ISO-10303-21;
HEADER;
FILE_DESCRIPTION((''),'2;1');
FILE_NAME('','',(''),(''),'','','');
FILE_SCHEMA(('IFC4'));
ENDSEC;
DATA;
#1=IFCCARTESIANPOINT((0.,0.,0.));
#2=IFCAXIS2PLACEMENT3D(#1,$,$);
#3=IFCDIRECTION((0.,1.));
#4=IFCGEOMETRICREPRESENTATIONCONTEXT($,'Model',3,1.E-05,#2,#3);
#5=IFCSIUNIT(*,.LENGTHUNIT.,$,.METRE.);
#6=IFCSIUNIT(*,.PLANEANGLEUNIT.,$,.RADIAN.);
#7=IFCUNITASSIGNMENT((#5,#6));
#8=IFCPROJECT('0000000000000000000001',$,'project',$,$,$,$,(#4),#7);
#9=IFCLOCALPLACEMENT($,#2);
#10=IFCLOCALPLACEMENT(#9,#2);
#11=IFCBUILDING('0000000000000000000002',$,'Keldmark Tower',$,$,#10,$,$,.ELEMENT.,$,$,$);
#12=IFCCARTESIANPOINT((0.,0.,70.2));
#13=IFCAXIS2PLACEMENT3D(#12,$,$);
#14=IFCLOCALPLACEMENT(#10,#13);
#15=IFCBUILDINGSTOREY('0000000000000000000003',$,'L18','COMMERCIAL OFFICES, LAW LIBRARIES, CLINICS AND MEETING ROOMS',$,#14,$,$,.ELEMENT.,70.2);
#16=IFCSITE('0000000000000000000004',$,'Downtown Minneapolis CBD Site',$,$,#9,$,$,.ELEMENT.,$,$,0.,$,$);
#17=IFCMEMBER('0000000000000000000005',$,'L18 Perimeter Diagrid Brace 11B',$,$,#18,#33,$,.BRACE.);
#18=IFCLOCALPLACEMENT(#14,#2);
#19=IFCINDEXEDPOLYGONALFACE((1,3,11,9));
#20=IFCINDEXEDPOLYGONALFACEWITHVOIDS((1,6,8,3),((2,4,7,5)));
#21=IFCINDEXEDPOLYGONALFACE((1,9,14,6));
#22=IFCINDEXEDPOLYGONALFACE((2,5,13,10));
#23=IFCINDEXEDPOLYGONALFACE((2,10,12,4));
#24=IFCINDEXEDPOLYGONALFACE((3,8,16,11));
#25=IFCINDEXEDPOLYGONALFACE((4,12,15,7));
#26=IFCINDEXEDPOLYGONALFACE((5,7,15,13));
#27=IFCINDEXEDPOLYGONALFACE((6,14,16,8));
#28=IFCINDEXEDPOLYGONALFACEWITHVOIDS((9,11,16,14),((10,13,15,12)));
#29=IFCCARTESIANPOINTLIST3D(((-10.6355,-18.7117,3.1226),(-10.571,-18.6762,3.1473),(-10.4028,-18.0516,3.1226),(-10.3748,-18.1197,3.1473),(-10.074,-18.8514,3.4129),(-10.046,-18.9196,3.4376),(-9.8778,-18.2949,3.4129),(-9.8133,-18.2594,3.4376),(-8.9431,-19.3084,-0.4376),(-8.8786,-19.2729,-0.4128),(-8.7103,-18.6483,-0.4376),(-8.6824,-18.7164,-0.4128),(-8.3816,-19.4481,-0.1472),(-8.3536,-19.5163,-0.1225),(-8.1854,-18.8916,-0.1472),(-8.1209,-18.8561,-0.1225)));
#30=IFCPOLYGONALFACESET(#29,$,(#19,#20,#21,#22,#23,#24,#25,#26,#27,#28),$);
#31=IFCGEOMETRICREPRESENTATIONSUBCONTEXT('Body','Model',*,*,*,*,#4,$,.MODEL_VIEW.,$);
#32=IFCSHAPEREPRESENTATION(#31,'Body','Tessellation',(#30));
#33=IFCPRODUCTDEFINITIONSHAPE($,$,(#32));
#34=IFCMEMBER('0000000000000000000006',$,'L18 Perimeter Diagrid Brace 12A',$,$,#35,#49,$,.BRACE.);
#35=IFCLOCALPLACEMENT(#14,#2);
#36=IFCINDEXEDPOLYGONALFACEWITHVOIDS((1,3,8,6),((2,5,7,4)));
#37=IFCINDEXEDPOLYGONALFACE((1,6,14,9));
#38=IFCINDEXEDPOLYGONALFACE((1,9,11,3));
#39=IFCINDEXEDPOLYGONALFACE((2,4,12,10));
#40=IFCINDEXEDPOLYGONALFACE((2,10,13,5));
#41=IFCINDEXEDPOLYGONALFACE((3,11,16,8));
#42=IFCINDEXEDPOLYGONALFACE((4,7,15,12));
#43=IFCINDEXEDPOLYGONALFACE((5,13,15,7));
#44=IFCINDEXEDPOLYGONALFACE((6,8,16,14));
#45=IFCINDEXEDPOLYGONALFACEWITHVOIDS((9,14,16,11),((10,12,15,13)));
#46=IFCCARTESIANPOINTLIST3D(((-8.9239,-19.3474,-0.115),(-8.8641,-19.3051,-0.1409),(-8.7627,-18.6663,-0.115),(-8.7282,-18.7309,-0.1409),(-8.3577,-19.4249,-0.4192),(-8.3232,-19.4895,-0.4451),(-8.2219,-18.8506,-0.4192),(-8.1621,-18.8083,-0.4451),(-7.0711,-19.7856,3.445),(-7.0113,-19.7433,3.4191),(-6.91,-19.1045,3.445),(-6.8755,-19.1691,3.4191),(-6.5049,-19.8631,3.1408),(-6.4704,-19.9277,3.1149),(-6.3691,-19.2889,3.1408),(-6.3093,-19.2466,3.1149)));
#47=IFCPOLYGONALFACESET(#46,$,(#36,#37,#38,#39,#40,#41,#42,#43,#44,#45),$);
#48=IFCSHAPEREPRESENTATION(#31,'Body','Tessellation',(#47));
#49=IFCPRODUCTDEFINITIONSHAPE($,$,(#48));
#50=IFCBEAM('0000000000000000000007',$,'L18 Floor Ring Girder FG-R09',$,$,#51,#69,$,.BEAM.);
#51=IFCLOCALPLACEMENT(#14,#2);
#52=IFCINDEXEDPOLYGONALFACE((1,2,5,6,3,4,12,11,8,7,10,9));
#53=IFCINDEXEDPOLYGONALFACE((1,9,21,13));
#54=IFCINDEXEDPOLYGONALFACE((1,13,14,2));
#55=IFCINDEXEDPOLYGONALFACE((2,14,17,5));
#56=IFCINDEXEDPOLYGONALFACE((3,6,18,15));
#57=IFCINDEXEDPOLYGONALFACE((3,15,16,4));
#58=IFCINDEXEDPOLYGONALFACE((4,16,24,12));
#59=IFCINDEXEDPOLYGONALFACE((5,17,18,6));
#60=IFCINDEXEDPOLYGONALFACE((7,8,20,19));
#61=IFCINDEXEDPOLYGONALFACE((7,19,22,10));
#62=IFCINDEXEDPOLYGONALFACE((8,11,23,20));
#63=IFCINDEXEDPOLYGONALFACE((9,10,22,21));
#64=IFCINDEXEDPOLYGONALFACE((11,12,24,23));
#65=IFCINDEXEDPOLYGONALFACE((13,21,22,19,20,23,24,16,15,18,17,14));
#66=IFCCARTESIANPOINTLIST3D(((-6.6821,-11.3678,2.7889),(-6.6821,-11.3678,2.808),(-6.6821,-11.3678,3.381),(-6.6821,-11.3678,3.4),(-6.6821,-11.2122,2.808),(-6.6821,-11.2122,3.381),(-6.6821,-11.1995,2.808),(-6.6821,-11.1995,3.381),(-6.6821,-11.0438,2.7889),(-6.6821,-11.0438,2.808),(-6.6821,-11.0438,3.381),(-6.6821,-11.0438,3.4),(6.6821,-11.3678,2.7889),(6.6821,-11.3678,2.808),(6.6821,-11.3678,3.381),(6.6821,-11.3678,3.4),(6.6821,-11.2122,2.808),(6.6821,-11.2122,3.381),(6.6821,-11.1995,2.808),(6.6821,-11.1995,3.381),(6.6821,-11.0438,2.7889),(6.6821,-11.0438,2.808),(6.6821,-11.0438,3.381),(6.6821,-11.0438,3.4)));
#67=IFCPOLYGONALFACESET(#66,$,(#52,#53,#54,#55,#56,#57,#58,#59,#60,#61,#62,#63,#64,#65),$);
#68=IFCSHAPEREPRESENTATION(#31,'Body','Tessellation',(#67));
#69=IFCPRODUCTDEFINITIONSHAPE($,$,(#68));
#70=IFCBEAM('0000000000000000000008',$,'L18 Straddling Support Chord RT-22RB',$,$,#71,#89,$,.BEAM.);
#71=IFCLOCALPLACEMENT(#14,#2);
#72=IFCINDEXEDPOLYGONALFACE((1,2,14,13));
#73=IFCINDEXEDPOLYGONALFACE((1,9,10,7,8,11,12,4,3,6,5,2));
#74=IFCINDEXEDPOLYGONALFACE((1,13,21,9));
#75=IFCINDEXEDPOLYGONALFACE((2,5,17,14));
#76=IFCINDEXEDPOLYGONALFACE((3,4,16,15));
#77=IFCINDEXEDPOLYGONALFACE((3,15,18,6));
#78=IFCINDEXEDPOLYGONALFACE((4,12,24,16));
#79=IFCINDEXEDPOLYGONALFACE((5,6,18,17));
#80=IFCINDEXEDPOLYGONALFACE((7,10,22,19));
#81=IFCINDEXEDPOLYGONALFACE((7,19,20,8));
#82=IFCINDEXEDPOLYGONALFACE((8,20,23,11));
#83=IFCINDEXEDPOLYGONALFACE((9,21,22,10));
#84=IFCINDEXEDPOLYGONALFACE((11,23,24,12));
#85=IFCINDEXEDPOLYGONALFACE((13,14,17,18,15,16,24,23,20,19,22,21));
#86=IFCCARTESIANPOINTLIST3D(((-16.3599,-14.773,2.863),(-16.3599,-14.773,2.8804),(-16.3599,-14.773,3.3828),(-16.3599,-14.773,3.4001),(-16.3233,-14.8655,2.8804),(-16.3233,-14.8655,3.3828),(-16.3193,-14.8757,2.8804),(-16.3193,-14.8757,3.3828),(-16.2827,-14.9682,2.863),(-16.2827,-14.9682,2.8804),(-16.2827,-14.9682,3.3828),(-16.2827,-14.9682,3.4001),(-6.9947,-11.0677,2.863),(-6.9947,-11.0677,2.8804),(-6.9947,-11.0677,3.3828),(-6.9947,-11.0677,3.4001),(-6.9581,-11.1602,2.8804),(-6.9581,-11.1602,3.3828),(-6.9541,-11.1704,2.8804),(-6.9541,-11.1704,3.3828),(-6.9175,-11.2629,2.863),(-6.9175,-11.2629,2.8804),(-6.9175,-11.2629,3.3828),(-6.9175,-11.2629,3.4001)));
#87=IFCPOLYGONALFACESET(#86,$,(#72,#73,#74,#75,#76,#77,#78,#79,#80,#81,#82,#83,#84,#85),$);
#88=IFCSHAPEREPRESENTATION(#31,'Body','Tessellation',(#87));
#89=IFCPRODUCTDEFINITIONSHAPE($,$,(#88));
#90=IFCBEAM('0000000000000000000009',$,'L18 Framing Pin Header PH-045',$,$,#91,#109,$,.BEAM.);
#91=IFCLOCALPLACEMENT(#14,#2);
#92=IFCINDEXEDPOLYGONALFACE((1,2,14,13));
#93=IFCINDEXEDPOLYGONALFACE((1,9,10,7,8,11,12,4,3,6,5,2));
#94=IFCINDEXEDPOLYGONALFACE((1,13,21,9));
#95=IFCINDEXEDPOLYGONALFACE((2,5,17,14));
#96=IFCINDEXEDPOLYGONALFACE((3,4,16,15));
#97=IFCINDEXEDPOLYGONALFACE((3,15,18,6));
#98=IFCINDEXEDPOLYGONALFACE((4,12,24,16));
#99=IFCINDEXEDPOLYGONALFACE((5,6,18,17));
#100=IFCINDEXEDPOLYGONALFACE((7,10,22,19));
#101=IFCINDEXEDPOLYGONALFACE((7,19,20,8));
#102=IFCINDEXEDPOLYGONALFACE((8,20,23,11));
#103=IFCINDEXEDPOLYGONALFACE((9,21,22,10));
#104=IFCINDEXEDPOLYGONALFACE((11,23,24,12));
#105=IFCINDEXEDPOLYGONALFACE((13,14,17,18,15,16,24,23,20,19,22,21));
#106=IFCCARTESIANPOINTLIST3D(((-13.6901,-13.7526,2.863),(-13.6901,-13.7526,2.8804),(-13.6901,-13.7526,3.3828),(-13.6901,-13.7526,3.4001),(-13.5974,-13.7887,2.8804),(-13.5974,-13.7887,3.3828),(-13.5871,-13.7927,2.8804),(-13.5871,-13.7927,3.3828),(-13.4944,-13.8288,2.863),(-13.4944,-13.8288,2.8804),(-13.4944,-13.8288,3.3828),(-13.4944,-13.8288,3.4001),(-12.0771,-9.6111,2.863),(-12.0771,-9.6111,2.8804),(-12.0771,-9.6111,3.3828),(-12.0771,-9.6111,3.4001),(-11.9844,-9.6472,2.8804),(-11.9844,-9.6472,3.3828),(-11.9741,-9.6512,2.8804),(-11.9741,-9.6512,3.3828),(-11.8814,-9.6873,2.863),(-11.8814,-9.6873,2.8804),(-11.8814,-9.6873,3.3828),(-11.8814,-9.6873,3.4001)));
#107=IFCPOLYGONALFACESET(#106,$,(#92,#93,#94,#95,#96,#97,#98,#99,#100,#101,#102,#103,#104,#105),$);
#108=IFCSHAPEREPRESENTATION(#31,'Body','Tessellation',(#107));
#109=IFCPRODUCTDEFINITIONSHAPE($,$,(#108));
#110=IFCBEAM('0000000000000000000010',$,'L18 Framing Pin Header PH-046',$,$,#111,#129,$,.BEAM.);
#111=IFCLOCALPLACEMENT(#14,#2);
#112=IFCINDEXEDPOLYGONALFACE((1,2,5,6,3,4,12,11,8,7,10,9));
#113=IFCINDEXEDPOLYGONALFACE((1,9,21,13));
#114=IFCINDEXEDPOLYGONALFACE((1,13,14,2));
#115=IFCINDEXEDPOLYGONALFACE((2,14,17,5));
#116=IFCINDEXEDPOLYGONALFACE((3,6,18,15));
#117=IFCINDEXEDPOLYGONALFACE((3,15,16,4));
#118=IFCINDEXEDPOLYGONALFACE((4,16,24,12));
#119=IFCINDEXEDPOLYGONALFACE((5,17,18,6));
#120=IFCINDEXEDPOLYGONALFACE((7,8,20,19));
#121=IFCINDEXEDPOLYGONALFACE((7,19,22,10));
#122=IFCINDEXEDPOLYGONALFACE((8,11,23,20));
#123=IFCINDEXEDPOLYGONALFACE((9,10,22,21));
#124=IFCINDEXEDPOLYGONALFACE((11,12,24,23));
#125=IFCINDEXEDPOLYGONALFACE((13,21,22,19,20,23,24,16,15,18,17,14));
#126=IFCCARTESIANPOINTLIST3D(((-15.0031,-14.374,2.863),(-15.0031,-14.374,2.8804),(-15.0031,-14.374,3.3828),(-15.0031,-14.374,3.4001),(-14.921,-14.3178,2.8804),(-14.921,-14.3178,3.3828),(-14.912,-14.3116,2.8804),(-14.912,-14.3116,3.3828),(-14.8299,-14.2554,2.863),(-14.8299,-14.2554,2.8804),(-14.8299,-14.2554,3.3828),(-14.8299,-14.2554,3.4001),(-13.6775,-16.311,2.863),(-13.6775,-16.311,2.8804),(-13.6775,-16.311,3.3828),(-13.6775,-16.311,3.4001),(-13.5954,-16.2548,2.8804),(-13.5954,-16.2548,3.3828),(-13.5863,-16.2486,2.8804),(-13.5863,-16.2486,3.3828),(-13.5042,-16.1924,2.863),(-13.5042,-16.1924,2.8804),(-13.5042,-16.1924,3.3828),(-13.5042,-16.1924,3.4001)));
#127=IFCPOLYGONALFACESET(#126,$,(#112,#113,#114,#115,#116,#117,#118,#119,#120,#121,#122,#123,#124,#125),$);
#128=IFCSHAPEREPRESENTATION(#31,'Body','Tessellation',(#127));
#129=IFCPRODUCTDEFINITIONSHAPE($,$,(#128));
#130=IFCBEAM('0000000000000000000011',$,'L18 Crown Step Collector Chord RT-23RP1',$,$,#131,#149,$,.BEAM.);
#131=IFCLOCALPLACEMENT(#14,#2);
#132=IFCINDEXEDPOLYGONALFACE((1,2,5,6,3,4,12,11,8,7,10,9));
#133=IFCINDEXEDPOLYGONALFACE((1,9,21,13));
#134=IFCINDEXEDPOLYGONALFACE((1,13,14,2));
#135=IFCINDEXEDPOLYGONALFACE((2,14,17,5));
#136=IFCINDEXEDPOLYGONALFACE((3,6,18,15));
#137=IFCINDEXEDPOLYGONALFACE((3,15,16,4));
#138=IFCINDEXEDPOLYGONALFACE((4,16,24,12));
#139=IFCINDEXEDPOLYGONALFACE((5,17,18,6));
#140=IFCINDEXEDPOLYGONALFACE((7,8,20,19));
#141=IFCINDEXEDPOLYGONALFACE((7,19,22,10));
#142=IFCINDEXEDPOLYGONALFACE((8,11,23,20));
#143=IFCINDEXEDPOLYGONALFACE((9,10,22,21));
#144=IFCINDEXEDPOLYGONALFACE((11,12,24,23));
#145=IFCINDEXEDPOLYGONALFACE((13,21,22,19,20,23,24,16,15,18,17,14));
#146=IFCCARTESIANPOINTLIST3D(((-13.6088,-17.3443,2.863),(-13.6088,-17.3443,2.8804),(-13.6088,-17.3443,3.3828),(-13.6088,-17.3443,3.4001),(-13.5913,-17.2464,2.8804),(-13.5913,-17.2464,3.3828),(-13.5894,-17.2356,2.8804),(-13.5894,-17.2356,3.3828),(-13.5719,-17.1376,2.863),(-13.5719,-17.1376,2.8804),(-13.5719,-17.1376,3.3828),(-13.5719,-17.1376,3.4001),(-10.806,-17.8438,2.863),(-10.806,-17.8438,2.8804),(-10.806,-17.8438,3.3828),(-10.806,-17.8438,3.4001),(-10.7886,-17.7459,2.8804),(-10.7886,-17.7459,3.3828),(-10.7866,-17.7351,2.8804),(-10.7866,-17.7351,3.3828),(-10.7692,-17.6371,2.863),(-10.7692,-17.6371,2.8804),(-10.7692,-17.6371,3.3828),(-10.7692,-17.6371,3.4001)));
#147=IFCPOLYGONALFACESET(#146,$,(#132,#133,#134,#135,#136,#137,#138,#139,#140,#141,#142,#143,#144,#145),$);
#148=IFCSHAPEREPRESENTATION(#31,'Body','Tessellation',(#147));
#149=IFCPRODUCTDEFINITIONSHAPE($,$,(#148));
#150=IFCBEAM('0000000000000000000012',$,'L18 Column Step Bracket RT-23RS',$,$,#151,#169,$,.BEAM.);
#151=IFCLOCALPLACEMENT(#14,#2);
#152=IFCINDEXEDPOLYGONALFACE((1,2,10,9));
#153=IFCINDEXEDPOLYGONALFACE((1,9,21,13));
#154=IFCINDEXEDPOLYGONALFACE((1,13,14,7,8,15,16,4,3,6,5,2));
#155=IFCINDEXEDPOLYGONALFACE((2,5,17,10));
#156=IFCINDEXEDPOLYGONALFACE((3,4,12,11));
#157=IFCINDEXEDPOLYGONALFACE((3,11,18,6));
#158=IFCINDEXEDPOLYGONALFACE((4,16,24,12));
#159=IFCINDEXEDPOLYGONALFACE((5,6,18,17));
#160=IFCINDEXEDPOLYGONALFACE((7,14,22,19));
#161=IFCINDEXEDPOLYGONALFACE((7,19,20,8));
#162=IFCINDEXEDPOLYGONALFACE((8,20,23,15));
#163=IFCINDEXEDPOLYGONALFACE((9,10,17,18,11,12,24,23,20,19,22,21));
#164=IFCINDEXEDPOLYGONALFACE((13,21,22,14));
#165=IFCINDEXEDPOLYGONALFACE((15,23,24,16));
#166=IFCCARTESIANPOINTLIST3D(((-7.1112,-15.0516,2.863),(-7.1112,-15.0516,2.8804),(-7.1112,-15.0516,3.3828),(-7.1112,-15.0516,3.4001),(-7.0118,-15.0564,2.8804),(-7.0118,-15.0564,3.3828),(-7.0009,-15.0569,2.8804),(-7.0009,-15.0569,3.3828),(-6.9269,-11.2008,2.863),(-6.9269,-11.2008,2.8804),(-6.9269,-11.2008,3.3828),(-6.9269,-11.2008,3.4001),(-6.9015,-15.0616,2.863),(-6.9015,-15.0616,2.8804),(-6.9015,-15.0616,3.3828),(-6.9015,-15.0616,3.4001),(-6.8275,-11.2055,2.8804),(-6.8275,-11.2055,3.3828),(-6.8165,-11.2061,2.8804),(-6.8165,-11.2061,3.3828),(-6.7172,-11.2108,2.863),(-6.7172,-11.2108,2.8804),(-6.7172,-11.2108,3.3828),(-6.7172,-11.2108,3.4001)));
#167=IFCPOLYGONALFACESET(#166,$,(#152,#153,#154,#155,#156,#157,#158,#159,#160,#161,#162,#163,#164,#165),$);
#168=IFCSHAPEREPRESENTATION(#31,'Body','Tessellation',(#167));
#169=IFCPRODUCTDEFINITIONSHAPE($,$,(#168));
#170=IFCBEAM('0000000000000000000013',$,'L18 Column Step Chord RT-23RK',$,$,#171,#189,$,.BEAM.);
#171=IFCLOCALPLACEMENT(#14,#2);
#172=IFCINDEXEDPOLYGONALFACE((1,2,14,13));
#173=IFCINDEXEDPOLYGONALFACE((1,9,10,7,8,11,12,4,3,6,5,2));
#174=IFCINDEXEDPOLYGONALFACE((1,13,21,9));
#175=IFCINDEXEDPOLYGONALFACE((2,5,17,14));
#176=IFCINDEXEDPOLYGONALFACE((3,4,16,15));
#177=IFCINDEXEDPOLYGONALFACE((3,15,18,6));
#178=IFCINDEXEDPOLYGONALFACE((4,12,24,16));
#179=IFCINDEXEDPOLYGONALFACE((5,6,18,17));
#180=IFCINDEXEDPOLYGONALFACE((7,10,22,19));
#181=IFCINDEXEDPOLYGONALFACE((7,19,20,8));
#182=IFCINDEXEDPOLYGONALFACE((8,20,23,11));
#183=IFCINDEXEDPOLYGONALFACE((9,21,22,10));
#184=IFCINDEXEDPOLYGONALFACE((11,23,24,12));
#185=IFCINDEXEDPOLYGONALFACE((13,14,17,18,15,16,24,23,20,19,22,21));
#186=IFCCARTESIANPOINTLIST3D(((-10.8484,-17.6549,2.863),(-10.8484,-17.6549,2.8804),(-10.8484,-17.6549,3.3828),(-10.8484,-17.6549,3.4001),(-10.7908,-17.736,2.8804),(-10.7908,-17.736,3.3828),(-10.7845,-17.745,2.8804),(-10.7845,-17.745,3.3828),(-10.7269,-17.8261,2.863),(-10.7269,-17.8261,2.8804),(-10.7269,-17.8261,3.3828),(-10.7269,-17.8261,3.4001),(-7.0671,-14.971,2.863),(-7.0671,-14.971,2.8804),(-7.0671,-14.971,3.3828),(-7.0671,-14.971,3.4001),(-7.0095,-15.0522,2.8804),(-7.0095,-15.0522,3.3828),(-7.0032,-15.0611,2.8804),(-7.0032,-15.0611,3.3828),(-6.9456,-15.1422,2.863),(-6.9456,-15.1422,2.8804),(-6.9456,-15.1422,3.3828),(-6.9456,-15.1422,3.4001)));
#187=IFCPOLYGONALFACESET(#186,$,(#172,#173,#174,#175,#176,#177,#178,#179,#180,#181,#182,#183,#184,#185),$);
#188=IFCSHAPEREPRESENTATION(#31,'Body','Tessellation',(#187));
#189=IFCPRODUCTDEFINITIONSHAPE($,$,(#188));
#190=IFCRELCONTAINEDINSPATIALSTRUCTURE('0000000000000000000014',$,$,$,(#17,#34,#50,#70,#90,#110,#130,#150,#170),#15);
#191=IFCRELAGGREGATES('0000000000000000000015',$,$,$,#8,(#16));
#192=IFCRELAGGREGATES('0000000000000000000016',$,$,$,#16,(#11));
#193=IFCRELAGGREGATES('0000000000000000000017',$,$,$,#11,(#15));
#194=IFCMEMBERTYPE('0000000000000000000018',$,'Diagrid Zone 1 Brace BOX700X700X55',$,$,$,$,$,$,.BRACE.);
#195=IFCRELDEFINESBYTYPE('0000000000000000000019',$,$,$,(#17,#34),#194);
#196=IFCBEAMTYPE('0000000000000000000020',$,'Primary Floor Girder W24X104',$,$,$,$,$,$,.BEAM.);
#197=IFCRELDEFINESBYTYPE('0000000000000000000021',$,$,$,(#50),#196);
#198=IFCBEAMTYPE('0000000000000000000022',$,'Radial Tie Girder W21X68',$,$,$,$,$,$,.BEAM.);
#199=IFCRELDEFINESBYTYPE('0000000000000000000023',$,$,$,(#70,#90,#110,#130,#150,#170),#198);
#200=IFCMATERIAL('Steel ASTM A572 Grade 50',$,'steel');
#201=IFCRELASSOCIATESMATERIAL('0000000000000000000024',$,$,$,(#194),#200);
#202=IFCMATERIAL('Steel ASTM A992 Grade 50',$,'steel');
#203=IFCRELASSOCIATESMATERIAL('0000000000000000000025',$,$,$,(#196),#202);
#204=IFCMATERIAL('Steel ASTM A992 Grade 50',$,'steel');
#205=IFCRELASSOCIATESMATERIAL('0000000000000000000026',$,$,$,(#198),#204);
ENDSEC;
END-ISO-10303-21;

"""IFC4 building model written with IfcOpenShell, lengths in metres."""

from ifc_helpers import new_model, si_unit, direction, frame, origin, origin_2d, place, context, subcontext, project, spatial, hollow_rectangle, i_section, extrude, material, material_profile, profile_set, type_object, element, save


model = new_model("IFC4")

# Units and contexts
model_context = context("Model", 3, precision=1e-05, world=origin(), true_north=direction((0.0, 1.0)))
body_context = subcontext(model_context, "Body", "Model", "MODEL_VIEW")
ifc_project = project(units=[si_unit("LENGTHUNIT", "METRE"), si_unit("PLANEANGLEUNIT", "RADIAN")], contexts=[model_context])

# Site, building, storey
site_placement = place(None, origin())
site = spatial("IfcSite", under=ifc_project, at=site_placement, Name="Downtown Minneapolis CBD Site", CompositionType="ELEMENT", RefElevation=0.0)
building_placement = place(site_placement, origin())
building = spatial("IfcBuilding", under=site, at=building_placement, Name="Keldmark Tower", CompositionType="ELEMENT")
storey_placement = place(building_placement, frame((0.0, 0.0, 70.2)))
storey = spatial("IfcBuildingStorey", under=building, at=storey_placement, Name="L18", Description="COMMERCIAL OFFICES, LAW LIBRARIES, CLINICS AND MEETING ROOMS", CompositionType="ELEMENT", Elevation=70.2)

# Members
ifc_material_1 = material(Name="Steel ASTM A572 Grade 50", Category="steel")
ifc_material_profile_1 = material_profile(ifc_material_1, hollow_rectangle(XDim=0.7, YDim=0.7, WallThickness=0.0549, at=origin_2d()), Name="BOX700X700X55")
ifc_profile_set_1 = profile_set([ifc_material_profile_1], Name="Steel ASTM A572 Grade 50")
member_type = type_object("IfcMemberType", Name="Diagrid Zone 1 Brace BOX700X700X55", PredefinedType="BRACE", material=ifc_profile_set_1)
member_1_placement = place(storey_placement, frame((-8.532, -19.0823, -0.28), z_axis=(-0.424501, 0.149666, 0.892972), x_axis=(-0.332507, -0.943101, 0.0)))
element("IfcMember", 1, at=member_1_placement, inside=storey, type_object=member_type, Name="L18 Perimeter Diagrid Brace 11B", PredefinedType="BRACE", context=body_context, shape_type="SweptSolid", body=[
    extrude(hollow_rectangle(XDim=0.7, YDim=0.7, WallThickness=0.0549, at=origin_2d()), origin(), (0.0, 0.0, 1.0), 3.9868),
])
member_2_placement = place(storey_placement, frame((-8.543, -19.0779, -0.28), z_axis=(0.458929, -0.108549, 0.881817), x_axis=(0.230176, 0.973149, 0.0)))
element("IfcMember", 2, at=member_2_placement, inside=storey, type_object=member_type, Name="L18 Perimeter Diagrid Brace 12A", PredefinedType="BRACE", context=body_context, shape_type="SweptSolid", body=[
    extrude(hollow_rectangle(XDim=0.7, YDim=0.7, WallThickness=0.0549, at=origin_2d()), origin(), (0.0, 0.0, 1.0), 4.0371),
])

# Beams
ifc_material_2 = material(Name="Steel ASTM A992 Grade 50", Category="steel")
ifc_material_profile_2 = material_profile(ifc_material_2, i_section(OverallWidth=0.324, OverallDepth=0.6111, WebThickness=0.0127, FlangeThickness=0.019, at=origin_2d()), Name="W24X104")
ifc_profile_set_2 = profile_set([ifc_material_profile_2], Name="Steel ASTM A992 Grade 50")
beam_type_1 = type_object("IfcBeamType", Name="Primary Floor Girder W24X104", PredefinedType="BEAM", material=ifc_profile_set_2)
beam_1_placement = place(storey_placement, frame((-6.6821, -11.2058, 3.0945), z_axis=(1.0, 0.0, 0.0), x_axis=(0.0, 1.0, 0.0)))
element("IfcBeam", 3, at=beam_1_placement, inside=storey, type_object=beam_type_1, Name="L18 Floor Ring Girder FG-R09", PredefinedType="BEAM", context=body_context, shape_type="SweptSolid", body=[
    extrude(i_section(OverallWidth=0.324, OverallDepth=0.6111, WebThickness=0.0127, FlangeThickness=0.019, at=origin_2d()), origin(), (0.0, 0.0, 1.0), 13.3643),
])
ifc_material_3 = material(Name="Steel ASTM A992 Grade 50", Category="steel")
ifc_material_profile_3 = material_profile(ifc_material_3, i_section(OverallWidth=0.21, OverallDepth=0.5371, WebThickness=0.011, FlangeThickness=0.0173, at=origin_2d()), Name="W21X68")
ifc_profile_set_3 = profile_set([ifc_material_profile_3], Name="Steel ASTM A992 Grade 50")
beam_type_2 = type_object("IfcBeamType", Name="Radial Tie Girder W21X68", PredefinedType="BEAM", material=ifc_profile_set_3)
beam_2_placement = place(storey_placement, frame((-16.3213, -14.8706, 3.1316), z_axis=(0.929866, 0.367898, 0.0), x_axis=(-0.367898, 0.929866, 0.0)))
element("IfcBeam", 4, at=beam_2_placement, inside=storey, type_object=beam_type_2, Name="L18 Straddling Support Chord RT-22RB", PredefinedType="BEAM", context=body_context, shape_type="SweptSolid", body=[
    extrude(i_section(OverallWidth=0.21, OverallDepth=0.5371, WebThickness=0.011, FlangeThickness=0.0173, at=origin_2d()), origin(), (0.0, 0.0, 1.0), 10.0715),
])
beam_3_placement = place(storey_placement, frame((-11.9792, -9.6492, 3.1316), z_axis=(-0.362918, -0.931821, 0.0), x_axis=(0.931821, -0.362918, 0.0)))
element("IfcBeam", 5, at=beam_3_placement, inside=storey, type_object=beam_type_2, Name="L18 Framing Pin Header PH-045", PredefinedType="BEAM", context=body_context, shape_type="SweptSolid", body=[
    extrude(i_section(OverallWidth=0.21, OverallDepth=0.5371, WebThickness=0.011, FlangeThickness=0.0173, at=origin_2d()), origin(), (0.0, 0.0, 1.0), 4.4446),
])
beam_4_placement = place(storey_placement, frame((-14.9165, -14.3147, 3.1316), z_axis=(0.564788, -0.825236, 0.0), x_axis=(0.825236, 0.564788, 0.0)))
element("IfcBeam", 6, at=beam_4_placement, inside=storey, type_object=beam_type_2, Name="L18 Framing Pin Header PH-046", PredefinedType="BEAM", context=body_context, shape_type="SweptSolid", body=[
    extrude(i_section(OverallWidth=0.21, OverallDepth=0.5371, WebThickness=0.011, FlangeThickness=0.0173, at=origin_2d()), origin(), (0.0, 0.0, 1.0), 2.3472),
])
beam_5_placement = place(storey_placement, frame((-10.7876, -17.7405, 3.1316), z_axis=(-0.984487, 0.175458, 0.0), x_axis=(-0.175458, -0.984487, 0.0)))
element("IfcBeam", 7, at=beam_5_placement, inside=storey, type_object=beam_type_2, Name="L18 Crown Step Collector Chord RT-23RP1", PredefinedType="BEAM", context=body_context, shape_type="SweptSolid", body=[
    extrude(i_section(OverallWidth=0.21, OverallDepth=0.5371, WebThickness=0.011, FlangeThickness=0.0173, at=origin_2d()), origin(), (0.0, 0.0, 1.0), 2.8469),
])
beam_6_placement = place(storey_placement, frame((-6.822, -11.2058, 3.1316), z_axis=(-0.047812, -0.998856, 0.0), x_axis=(0.998856, -0.047812, 0.0)))
element("IfcBeam", 8, at=beam_6_placement, inside=storey, type_object=beam_type_2, Name="L18 Column Step Bracket RT-23RS", PredefinedType="BEAM", context=body_context, shape_type="SweptSolid", body=[
    extrude(i_section(OverallWidth=0.21, OverallDepth=0.5371, WebThickness=0.011, FlangeThickness=0.0173, at=origin_2d()), origin(), (0.0, 0.0, 1.0), 3.8552),
])
beam_7_placement = place(storey_placement, frame((-7.0063, -15.0566, 3.1316), z_axis=(-0.815469, -0.5788, 0.0), x_axis=(0.5788, -0.815469, 0.0)))
element("IfcBeam", 9, at=beam_7_placement, inside=storey, type_object=beam_type_2, Name="L18 Column Step Chord RT-23RK", PredefinedType="BEAM", context=body_context, shape_type="SweptSolid", body=[
    extrude(i_section(OverallWidth=0.21, OverallDepth=0.5371, WebThickness=0.011, FlangeThickness=0.0173, at=origin_2d()), origin(), (0.0, 0.0, 1.0), 4.637),
])

save(model, "model.ifc")
